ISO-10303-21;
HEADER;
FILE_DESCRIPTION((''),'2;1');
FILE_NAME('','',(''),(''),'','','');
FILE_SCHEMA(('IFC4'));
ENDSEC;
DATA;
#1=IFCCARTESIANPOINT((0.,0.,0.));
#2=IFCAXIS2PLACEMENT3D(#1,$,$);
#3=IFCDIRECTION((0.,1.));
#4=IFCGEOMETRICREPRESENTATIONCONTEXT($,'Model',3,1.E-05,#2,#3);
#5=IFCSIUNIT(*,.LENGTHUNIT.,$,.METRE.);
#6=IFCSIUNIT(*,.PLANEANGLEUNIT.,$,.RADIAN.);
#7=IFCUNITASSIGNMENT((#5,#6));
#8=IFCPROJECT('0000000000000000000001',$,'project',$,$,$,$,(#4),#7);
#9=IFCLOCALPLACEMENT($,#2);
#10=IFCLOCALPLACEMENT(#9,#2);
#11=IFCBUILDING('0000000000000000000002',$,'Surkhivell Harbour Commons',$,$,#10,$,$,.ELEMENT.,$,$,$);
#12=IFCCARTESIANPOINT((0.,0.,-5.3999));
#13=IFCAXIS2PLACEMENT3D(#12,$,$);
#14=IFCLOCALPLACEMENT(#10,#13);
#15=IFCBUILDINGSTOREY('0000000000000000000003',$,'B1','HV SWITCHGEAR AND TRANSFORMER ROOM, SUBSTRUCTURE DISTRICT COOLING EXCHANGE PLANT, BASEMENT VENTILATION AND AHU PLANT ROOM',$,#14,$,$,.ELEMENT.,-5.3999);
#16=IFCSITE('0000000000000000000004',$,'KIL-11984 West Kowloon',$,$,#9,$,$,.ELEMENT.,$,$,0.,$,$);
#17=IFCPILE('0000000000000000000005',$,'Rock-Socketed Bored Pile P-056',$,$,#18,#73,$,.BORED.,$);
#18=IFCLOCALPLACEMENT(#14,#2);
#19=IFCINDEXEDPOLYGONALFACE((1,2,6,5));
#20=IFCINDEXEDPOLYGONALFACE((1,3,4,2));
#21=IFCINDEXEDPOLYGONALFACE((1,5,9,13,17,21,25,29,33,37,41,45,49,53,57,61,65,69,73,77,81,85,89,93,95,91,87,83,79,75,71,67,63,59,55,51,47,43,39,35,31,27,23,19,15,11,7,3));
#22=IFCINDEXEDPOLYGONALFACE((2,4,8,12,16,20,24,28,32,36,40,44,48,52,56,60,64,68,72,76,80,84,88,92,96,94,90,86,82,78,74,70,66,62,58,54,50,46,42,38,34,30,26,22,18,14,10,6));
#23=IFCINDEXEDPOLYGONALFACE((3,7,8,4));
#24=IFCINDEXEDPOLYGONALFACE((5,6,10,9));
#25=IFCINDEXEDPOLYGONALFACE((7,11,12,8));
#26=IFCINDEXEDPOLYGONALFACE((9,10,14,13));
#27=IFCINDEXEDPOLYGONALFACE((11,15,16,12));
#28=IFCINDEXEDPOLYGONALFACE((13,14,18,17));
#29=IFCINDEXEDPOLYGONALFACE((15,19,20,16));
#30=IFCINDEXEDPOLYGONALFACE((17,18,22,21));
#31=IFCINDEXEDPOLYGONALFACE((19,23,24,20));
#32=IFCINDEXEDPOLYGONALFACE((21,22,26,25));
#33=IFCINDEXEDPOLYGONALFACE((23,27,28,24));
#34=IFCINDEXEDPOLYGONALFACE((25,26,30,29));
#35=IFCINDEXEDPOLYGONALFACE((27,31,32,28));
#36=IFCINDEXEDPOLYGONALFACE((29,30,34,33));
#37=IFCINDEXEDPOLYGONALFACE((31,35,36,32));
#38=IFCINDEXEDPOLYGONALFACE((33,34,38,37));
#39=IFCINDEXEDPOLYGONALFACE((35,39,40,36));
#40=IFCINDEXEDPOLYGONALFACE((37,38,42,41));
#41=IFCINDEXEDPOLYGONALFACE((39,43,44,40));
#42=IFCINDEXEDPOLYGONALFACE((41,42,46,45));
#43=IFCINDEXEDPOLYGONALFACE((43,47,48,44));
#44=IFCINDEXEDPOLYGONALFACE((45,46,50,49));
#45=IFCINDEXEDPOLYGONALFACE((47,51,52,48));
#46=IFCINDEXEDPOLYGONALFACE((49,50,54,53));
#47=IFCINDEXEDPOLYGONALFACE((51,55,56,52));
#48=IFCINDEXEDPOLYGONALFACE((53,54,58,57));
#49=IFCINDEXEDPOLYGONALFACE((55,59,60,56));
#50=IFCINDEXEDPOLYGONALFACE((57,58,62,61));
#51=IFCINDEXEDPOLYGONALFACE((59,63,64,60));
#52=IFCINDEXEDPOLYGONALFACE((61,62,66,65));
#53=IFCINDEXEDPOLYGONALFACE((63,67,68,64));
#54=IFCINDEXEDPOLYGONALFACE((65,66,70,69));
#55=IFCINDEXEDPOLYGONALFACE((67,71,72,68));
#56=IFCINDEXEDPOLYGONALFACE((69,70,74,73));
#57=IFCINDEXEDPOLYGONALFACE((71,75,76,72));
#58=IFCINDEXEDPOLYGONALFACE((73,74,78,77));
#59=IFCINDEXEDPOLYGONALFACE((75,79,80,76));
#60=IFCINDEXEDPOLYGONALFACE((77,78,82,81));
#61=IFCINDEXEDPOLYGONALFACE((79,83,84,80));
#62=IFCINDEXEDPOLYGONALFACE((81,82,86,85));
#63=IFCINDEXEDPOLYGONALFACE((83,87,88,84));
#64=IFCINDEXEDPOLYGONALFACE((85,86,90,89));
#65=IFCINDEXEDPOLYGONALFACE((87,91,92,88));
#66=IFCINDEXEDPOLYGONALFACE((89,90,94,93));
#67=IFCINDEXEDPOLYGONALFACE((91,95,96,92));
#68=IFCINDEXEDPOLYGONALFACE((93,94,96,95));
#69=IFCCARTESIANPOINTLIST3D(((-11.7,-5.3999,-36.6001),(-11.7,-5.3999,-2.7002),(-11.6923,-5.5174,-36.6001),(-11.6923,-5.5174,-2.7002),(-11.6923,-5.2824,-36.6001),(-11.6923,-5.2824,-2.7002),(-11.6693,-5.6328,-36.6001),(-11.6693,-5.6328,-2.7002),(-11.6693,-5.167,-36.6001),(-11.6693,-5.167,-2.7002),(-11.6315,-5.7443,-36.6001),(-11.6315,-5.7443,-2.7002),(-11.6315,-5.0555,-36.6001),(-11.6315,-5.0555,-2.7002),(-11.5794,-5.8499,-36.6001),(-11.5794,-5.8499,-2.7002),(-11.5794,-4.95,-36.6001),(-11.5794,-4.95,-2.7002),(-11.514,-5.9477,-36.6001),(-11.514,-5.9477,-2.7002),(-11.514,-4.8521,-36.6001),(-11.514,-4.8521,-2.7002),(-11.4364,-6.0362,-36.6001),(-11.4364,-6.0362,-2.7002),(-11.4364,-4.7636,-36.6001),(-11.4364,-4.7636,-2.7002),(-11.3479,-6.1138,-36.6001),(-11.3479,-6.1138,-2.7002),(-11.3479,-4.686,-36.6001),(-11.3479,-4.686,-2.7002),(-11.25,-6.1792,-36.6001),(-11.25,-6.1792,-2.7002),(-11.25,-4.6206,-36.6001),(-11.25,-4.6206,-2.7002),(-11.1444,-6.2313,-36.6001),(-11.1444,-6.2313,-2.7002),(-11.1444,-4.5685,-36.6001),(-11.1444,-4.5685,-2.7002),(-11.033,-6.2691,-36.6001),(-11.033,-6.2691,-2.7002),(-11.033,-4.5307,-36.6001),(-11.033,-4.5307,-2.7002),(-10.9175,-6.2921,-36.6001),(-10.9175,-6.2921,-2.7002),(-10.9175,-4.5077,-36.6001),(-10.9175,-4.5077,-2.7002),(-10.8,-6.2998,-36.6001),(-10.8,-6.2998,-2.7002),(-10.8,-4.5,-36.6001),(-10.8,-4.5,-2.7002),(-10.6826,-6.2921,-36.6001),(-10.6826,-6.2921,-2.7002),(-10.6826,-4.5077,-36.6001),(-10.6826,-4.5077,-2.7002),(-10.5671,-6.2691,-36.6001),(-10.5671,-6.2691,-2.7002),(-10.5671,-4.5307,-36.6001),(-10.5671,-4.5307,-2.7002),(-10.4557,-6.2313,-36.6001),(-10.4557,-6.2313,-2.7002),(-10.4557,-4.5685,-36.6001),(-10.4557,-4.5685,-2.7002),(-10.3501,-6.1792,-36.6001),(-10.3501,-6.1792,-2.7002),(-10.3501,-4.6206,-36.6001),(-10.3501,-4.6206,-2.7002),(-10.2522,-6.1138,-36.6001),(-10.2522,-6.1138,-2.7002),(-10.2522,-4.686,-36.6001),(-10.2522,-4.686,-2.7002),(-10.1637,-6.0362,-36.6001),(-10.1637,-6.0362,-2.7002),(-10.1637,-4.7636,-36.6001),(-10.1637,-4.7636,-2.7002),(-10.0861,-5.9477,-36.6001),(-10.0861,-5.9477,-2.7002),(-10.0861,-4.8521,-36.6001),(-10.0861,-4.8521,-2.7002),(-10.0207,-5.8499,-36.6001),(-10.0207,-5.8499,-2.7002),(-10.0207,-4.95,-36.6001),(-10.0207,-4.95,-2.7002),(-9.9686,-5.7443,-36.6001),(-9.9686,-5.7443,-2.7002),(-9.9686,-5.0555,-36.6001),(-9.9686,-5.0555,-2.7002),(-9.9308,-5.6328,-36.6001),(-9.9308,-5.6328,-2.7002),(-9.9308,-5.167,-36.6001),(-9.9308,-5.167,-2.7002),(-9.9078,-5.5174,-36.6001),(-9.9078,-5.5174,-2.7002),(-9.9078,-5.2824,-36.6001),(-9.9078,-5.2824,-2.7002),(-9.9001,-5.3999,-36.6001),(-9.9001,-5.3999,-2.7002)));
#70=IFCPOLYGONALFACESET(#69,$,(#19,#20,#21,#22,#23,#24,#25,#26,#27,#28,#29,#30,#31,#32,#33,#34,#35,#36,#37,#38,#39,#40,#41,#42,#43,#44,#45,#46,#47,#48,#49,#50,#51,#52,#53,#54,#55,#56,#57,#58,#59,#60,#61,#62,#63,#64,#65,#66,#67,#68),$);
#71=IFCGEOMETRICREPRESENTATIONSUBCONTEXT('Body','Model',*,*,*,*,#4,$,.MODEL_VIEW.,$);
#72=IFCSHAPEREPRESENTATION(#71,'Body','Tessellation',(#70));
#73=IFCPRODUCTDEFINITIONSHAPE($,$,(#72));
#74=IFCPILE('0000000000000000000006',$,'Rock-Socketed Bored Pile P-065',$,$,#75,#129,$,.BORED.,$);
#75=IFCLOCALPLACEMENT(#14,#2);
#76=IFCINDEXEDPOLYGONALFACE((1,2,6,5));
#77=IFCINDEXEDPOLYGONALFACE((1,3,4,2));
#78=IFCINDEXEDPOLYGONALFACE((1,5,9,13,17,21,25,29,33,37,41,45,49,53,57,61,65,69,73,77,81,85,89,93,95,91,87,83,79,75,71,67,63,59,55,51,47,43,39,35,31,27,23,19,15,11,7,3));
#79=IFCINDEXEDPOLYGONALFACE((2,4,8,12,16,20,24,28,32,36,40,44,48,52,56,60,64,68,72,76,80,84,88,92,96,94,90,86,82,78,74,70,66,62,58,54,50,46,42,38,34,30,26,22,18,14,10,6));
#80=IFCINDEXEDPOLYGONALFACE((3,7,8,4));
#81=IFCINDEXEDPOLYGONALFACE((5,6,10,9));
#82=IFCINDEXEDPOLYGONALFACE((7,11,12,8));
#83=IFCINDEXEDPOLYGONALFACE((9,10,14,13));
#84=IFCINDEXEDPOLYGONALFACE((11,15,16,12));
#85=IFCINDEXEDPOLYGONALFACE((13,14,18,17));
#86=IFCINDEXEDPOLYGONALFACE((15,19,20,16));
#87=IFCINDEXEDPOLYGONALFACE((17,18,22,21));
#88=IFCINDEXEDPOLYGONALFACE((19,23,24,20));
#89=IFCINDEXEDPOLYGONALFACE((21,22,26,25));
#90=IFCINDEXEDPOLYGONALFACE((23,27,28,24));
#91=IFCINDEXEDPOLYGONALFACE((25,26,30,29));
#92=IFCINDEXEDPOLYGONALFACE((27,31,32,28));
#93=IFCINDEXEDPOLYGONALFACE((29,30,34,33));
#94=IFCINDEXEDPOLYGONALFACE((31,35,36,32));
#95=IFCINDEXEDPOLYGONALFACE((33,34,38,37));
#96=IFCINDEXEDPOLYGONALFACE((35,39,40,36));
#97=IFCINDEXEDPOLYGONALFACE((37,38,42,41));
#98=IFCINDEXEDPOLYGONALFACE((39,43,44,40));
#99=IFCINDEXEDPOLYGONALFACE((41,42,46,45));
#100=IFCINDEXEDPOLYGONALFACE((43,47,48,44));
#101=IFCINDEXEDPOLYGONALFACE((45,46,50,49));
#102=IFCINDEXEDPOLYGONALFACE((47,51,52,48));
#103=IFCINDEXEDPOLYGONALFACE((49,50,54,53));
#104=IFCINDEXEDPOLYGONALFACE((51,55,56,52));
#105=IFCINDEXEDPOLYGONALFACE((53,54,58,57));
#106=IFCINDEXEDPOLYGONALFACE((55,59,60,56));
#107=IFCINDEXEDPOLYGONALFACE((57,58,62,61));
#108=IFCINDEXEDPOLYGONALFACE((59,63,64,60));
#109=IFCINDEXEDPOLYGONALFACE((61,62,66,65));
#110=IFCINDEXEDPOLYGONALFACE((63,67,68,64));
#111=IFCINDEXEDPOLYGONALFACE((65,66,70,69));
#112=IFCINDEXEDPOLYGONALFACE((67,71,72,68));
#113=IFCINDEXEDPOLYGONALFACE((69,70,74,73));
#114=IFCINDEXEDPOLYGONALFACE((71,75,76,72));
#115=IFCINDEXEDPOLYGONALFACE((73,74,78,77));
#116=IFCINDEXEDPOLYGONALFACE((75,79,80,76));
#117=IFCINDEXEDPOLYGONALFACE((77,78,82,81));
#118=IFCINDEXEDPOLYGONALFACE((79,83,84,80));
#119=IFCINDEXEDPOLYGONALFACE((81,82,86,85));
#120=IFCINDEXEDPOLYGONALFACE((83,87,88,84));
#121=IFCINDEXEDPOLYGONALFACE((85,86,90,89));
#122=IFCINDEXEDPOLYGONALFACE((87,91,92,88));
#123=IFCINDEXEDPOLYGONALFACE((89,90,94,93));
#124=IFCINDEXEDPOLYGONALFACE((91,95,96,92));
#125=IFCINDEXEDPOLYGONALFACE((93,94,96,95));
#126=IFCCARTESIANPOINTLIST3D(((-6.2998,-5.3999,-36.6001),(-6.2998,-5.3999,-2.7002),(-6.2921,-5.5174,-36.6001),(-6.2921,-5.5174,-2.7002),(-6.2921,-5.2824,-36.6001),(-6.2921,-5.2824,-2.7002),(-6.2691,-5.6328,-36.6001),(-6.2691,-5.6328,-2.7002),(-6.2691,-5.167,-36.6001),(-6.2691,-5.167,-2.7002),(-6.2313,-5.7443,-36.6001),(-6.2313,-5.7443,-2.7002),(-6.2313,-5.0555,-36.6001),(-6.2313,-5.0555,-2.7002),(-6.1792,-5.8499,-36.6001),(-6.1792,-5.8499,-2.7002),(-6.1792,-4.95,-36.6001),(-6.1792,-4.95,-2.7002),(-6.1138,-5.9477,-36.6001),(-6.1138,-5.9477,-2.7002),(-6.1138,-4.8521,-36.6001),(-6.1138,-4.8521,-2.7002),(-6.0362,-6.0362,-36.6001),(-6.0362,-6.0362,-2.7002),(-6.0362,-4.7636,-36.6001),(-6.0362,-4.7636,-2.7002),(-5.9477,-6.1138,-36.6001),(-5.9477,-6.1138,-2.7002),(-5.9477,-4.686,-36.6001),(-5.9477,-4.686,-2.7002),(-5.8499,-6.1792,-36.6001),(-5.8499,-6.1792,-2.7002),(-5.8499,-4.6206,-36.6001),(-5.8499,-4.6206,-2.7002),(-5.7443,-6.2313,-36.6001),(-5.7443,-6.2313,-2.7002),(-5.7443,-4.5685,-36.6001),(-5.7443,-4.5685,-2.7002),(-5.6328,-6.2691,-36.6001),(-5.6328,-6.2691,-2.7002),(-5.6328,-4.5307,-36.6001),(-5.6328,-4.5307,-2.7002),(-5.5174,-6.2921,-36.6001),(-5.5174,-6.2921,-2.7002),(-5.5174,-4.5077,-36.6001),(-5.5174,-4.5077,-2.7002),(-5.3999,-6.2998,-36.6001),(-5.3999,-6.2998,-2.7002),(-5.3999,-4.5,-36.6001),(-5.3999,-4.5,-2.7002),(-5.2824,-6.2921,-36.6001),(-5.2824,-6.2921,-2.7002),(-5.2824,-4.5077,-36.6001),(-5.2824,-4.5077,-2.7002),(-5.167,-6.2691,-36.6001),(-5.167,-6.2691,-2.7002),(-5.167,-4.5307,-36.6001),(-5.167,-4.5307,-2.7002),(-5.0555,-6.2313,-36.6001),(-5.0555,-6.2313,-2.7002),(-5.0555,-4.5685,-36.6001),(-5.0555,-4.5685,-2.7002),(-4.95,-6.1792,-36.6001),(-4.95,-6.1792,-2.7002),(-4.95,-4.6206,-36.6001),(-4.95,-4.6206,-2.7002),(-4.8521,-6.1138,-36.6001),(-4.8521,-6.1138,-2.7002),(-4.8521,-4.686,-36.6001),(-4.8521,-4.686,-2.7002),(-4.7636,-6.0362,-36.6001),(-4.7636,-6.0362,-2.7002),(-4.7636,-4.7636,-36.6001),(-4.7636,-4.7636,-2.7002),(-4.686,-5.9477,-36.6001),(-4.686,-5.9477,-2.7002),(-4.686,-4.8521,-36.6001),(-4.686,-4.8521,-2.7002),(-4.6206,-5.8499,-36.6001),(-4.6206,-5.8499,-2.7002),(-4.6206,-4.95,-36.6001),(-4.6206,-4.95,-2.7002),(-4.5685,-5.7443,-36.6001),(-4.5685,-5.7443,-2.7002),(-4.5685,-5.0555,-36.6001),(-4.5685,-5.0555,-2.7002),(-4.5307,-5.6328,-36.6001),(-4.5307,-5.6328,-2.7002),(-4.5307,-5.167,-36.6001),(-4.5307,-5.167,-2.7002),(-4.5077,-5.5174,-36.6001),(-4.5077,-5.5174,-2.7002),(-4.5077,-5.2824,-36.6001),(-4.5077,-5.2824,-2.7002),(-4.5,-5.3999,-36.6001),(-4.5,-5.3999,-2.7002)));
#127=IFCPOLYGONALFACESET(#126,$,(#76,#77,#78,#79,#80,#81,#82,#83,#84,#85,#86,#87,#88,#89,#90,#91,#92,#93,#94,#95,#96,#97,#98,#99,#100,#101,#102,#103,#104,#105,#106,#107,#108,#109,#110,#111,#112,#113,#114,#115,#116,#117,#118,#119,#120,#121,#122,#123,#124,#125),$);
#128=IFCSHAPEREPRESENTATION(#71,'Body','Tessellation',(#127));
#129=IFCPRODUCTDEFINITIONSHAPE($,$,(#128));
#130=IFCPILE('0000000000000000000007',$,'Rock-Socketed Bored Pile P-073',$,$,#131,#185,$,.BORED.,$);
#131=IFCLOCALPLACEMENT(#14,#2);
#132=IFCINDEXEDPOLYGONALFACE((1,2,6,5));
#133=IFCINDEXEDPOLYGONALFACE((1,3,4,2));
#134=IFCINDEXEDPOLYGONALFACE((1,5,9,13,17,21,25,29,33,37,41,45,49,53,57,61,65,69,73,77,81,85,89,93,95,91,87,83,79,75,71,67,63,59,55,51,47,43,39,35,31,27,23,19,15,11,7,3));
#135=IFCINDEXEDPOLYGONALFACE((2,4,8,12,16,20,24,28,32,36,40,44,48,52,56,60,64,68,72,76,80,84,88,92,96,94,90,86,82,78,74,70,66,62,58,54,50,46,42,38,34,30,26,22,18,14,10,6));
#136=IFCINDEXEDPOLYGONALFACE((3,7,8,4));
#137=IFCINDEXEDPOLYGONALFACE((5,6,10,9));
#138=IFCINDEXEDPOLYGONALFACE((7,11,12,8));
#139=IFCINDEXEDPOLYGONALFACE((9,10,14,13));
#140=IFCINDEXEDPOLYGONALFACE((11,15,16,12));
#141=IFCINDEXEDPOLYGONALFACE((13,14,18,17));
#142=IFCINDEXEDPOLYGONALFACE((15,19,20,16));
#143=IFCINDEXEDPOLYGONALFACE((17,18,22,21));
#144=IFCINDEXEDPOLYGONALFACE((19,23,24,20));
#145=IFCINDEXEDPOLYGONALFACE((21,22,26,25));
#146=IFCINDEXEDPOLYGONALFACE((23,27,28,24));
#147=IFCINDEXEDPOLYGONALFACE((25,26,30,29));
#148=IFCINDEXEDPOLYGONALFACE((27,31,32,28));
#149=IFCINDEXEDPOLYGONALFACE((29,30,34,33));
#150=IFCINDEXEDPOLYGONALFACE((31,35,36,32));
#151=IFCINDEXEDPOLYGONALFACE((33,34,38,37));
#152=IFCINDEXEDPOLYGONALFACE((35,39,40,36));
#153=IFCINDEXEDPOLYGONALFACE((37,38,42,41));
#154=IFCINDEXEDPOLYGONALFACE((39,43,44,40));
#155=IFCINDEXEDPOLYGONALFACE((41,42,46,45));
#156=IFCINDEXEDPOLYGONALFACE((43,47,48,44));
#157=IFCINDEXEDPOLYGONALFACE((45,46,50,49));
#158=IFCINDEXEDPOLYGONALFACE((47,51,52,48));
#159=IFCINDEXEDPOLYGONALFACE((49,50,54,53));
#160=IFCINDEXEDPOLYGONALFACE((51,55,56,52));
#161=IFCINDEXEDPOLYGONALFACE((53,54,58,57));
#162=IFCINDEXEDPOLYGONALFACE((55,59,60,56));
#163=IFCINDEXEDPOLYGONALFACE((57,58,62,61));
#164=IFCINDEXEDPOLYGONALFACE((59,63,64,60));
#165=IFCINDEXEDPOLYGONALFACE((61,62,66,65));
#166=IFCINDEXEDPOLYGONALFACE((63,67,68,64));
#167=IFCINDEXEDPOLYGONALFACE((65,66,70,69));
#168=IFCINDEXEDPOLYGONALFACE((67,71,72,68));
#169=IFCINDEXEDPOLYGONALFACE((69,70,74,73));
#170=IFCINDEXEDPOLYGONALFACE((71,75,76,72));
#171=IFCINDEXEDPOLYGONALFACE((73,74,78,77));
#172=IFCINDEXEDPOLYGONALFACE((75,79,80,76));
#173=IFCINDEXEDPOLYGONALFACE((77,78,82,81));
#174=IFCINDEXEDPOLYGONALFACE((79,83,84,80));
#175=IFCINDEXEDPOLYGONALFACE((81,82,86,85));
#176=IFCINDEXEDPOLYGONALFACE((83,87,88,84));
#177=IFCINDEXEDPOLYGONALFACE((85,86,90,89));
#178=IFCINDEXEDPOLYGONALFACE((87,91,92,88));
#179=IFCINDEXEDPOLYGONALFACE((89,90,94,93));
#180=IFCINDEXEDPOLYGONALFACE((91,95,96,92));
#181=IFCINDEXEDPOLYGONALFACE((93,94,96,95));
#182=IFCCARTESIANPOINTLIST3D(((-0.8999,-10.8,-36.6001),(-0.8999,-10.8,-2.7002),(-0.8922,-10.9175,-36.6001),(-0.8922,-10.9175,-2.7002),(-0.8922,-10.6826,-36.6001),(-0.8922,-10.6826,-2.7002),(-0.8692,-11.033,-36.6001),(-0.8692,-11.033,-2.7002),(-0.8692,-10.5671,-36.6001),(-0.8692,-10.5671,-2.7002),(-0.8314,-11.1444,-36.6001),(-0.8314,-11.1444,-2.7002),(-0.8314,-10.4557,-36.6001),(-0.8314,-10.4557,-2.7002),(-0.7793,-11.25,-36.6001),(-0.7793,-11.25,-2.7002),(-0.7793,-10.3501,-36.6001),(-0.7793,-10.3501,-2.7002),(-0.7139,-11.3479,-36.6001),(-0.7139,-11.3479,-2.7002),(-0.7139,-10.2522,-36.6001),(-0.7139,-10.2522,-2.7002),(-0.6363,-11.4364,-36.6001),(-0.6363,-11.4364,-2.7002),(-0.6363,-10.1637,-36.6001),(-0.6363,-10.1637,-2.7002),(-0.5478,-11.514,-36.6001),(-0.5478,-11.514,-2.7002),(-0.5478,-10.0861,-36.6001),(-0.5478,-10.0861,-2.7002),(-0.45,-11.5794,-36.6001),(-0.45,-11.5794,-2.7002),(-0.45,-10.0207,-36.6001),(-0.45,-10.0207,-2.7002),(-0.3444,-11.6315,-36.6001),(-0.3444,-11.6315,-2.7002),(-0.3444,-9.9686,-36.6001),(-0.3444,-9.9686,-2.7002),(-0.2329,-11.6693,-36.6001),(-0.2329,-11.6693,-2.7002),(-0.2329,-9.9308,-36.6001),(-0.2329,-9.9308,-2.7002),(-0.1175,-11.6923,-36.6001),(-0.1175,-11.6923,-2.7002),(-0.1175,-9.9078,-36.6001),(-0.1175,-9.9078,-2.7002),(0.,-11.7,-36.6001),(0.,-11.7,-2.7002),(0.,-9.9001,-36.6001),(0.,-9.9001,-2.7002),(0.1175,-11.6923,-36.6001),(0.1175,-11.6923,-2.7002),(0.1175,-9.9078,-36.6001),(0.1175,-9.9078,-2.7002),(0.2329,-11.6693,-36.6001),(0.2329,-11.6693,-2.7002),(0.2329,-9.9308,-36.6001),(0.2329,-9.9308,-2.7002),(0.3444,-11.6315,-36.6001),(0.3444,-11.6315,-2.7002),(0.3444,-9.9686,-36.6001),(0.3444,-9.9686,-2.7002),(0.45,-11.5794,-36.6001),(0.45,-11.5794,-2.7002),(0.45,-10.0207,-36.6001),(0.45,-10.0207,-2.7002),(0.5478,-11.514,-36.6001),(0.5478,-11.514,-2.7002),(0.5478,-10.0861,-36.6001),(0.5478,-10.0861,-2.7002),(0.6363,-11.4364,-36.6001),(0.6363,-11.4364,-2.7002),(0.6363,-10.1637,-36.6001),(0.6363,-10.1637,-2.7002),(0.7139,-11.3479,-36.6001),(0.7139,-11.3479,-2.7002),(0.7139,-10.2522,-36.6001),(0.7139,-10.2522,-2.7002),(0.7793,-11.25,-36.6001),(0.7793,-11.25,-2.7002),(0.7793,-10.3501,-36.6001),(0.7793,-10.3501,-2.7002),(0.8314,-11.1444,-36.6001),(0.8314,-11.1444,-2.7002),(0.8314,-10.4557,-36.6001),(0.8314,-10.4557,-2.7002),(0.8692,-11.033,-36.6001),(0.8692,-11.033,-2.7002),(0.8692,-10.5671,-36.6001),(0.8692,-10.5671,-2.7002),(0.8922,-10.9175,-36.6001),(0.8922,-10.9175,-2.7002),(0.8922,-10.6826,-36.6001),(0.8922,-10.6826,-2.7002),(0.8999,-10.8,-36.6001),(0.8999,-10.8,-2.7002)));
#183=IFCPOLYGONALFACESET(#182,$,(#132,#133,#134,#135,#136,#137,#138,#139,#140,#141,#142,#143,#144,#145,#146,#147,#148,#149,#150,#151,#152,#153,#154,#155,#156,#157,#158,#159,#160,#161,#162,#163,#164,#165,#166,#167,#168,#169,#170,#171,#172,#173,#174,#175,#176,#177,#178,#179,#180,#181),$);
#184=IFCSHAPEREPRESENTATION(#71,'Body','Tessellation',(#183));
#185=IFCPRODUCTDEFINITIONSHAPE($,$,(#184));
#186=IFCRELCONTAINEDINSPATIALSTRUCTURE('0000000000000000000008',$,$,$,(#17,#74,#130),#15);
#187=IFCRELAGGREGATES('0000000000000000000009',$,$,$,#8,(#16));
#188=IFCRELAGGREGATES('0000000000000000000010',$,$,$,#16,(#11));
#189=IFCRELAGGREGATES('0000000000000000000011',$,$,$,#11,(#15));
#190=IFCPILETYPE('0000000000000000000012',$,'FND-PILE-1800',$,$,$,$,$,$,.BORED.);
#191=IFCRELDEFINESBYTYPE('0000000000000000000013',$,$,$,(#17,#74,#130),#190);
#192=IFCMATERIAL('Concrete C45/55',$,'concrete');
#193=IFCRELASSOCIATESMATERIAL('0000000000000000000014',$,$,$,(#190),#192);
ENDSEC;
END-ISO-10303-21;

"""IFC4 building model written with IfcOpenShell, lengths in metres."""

from ifc_helpers import new_model, si_unit, direction, frame, origin, origin_2d, place, context, subcontext, project, spatial, circle, extrude, material, material_profile, profile_set, type_object, element, save


model = new_model("IFC4")

# Units and contexts
model_context = context("Model", 3, precision=1e-05, world=origin(), true_north=direction((0.0, 1.0)))
body_context = subcontext(model_context, "Body", "Model", "MODEL_VIEW")
ifc_project = project(units=[si_unit("LENGTHUNIT", "METRE"), si_unit("PLANEANGLEUNIT", "RADIAN")], contexts=[model_context])

# Site, building, storey
site_placement = place(None, origin())
site = spatial("IfcSite", under=ifc_project, at=site_placement, Name="KIL-11984 West Kowloon", CompositionType="ELEMENT", RefElevation=0.0)
building_placement = place(site_placement, origin())
building = spatial("IfcBuilding", under=site, at=building_placement, Name="Surkhivell Harbour Commons", CompositionType="ELEMENT")
storey_placement = place(building_placement, frame((0.0, 0.0, -5.3999)))
storey = spatial("IfcBuildingStorey", under=building, at=storey_placement, Name="B1", Description="HV SWITCHGEAR AND TRANSFORMER ROOM, SUBSTRUCTURE DISTRICT COOLING EXCHANGE PLANT, BASEMENT VENTILATION AND AHU PLANT ROOM", CompositionType="ELEMENT", Elevation=-5.3999)

# Piles
ifc_material_1 = material(Name="Concrete C45/55", Category="concrete")
ifc_material_profile_1 = material_profile(ifc_material_1, circle(Radius=0.8999, at=origin_2d()), Name="PILE-1800")
ifc_profile_set_1 = profile_set([ifc_material_profile_1], Name="Concrete C45/55")
pile_type_1 = type_object("IfcPileType", Name="FND-PILE-1800", PredefinedType="BORED", material=ifc_profile_set_1)
for number, where, z_axis, x_axis, name in (
    (1, (-10.8, -5.3999, -2.7002), (0.0, 0.0, -1.0), (1.0, 0.0, 0.0), "Rock-Socketed Bored Pile P-056"),
    (2, (-5.3999, -5.3999, -2.7002), (0.0, 0.0, -1.0), (1.0, 0.0, 0.0), "Rock-Socketed Bored Pile P-065"),
    (3, (0.0, -10.8, -2.7002), (0.0, 0.0, -1.0), (1.0, 0.0, 0.0), "Rock-Socketed Bored Pile P-073"),
):
    element("IfcPile", number, at=place(storey_placement, frame(where, z_axis=z_axis, x_axis=x_axis)), inside=storey, type_object=pile_type_1, Name=name, PredefinedType="BORED", context=body_context, shape_type="SweptSolid", body=[
        extrude(circle(Radius=0.8999, at=origin_2d()), origin(), (0.0, 0.0, 1.0), 33.8999),
    ])

save(model, "model.ifc")
